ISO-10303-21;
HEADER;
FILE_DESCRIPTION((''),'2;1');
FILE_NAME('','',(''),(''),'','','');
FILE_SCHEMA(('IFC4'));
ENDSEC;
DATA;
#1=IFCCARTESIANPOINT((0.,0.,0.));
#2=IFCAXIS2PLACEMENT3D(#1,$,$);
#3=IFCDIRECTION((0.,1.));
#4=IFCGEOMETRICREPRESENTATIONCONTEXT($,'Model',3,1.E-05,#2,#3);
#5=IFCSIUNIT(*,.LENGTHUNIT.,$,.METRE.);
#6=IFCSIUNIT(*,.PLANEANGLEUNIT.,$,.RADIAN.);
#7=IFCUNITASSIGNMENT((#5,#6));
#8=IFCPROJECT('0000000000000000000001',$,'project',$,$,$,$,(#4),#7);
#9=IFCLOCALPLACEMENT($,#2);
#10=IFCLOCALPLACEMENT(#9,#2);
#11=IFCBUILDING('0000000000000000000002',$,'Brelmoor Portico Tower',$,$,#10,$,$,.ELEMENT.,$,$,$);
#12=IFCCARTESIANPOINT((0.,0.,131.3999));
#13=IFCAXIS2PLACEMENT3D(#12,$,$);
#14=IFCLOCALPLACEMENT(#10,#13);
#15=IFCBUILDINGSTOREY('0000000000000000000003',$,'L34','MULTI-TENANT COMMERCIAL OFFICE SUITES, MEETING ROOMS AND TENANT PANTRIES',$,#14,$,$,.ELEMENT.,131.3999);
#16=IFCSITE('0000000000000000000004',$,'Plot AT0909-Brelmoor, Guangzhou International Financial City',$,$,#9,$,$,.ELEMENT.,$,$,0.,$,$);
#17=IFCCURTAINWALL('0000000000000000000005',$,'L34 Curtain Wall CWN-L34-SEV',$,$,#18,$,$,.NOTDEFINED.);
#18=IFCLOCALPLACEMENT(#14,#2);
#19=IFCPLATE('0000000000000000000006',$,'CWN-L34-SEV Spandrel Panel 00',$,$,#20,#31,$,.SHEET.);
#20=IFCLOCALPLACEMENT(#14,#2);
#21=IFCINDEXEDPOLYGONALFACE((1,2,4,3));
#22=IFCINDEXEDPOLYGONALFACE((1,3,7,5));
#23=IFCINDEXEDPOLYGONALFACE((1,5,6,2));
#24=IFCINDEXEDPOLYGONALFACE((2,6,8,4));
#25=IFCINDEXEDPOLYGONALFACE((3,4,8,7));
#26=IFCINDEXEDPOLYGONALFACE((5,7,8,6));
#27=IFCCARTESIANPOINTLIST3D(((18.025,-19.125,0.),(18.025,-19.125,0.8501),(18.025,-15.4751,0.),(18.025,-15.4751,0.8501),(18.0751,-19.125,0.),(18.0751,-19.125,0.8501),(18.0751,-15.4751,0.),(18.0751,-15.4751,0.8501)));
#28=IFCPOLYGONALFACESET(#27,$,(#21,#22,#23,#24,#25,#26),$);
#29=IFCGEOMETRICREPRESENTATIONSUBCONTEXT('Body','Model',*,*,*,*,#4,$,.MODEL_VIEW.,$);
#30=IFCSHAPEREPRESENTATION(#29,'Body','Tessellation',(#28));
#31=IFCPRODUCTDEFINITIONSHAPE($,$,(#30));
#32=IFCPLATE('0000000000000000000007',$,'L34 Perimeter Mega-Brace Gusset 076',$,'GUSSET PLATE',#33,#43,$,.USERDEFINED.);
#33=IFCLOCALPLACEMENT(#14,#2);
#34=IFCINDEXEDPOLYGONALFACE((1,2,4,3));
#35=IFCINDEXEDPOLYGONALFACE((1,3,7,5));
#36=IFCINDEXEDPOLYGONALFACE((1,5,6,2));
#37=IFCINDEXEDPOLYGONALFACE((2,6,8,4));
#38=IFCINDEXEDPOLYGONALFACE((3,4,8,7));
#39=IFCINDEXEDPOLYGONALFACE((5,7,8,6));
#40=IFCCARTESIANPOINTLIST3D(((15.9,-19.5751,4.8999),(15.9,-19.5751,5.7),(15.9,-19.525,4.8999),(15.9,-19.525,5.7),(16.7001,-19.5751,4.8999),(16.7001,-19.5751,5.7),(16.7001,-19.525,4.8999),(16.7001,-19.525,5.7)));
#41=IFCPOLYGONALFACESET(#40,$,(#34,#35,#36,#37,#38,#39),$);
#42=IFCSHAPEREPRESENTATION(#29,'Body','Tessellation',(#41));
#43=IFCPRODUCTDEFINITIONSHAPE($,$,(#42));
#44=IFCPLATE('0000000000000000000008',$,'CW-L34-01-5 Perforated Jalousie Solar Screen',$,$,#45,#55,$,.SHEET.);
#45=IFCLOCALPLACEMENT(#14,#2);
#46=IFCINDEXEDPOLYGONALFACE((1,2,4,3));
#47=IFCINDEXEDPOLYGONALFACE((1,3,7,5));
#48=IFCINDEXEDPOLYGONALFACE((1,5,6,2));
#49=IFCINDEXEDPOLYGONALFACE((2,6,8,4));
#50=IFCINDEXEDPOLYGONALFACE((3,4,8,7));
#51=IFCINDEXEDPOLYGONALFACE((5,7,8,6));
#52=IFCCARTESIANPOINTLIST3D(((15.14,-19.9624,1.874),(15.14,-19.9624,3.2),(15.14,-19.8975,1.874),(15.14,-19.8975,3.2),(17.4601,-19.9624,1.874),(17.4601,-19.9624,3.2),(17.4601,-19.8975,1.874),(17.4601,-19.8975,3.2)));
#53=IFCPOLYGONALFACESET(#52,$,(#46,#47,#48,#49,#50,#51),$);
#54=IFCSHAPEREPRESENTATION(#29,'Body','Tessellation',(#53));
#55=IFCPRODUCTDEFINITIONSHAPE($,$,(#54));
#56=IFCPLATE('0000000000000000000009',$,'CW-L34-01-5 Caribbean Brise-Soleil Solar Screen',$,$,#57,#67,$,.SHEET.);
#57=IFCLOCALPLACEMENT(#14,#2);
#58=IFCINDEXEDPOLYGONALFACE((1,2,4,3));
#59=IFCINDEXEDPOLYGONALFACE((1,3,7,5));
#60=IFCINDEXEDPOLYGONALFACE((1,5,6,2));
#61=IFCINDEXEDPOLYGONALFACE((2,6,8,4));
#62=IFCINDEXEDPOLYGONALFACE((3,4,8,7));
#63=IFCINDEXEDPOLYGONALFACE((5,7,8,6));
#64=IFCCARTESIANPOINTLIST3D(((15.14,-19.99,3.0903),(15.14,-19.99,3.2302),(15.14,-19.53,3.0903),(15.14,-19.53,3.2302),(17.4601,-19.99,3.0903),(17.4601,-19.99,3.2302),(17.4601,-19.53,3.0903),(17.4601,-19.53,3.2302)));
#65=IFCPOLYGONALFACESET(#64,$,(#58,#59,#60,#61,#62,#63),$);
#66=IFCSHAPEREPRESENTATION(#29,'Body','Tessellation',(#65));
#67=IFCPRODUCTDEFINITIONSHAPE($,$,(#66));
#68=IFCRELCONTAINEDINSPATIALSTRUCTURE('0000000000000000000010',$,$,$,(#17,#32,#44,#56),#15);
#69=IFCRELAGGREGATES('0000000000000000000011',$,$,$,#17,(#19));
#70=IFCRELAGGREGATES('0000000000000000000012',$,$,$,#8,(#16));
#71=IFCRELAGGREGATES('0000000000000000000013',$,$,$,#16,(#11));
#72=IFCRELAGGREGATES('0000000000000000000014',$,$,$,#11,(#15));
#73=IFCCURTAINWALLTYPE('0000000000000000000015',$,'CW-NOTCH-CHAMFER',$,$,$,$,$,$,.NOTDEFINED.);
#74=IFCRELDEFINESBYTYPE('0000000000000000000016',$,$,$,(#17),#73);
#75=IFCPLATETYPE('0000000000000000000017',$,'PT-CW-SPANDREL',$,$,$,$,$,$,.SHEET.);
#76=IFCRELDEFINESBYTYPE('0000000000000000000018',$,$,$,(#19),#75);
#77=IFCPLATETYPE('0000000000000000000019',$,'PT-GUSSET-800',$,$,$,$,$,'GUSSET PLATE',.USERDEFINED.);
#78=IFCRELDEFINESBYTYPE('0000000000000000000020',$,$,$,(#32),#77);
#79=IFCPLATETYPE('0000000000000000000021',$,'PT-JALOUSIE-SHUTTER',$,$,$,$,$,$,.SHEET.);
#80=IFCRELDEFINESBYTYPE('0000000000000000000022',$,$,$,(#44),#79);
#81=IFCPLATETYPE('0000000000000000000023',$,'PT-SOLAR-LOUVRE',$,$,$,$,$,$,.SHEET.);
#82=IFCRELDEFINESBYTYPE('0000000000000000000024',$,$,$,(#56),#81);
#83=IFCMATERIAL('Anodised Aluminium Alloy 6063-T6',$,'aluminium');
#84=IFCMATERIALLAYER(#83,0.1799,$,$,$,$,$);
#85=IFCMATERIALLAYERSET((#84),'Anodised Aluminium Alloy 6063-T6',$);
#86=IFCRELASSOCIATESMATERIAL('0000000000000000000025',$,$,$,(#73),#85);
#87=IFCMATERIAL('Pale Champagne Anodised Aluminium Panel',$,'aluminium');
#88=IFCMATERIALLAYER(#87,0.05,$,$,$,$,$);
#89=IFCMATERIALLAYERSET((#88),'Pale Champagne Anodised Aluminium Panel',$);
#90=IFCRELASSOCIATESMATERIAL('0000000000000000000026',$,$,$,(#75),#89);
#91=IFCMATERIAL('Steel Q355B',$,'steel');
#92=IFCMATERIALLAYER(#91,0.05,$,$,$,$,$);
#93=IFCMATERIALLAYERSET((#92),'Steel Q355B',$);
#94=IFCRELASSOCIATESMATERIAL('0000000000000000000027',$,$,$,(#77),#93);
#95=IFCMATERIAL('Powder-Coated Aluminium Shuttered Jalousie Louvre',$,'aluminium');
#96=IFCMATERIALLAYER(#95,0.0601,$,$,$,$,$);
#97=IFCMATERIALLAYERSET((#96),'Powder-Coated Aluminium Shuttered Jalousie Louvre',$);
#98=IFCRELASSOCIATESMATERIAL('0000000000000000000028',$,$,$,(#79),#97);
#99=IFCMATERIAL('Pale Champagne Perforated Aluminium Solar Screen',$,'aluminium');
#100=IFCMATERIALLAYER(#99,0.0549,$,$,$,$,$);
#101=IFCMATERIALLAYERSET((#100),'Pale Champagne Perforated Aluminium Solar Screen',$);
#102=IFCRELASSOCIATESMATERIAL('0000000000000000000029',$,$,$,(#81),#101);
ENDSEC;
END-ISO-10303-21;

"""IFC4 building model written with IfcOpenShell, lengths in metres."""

from ifc_helpers import new_model, si_unit, direction, frame, origin, origin_2d, place, context, subcontext, project, spatial, rectangle, extrude, material, layer, layer_set, type_object, element, aggregate, save


model = new_model("IFC4")

# Units and contexts
model_context = context("Model", 3, precision=1e-05, world=origin(), true_north=direction((0.0, 1.0)))
body_context = subcontext(model_context, "Body", "Model", "MODEL_VIEW")
ifc_project = project(units=[si_unit("LENGTHUNIT", "METRE"), si_unit("PLANEANGLEUNIT", "RADIAN")], contexts=[model_context])

# Site, building, storey
site_placement = place(None, origin())
site = spatial("IfcSite", under=ifc_project, at=site_placement, Name="Plot AT0909-Brelmoor, Guangzhou International Financial City", CompositionType="ELEMENT", RefElevation=0.0)
building_placement = place(site_placement, origin())
building = spatial("IfcBuilding", under=site, at=building_placement, Name="Brelmoor Portico Tower", CompositionType="ELEMENT")
storey_placement = place(building_placement, frame((0.0, 0.0, 131.3999)))
storey = spatial("IfcBuildingStorey", under=building, at=storey_placement, Name="L34", Description="MULTI-TENANT COMMERCIAL OFFICE SUITES, MEETING ROOMS AND TENANT PANTRIES", CompositionType="ELEMENT", Elevation=131.3999)

# Shared definitions
ifc_material_1 = material(Name="Steel Q355B", Category="steel")

# Curtain wall
ifc_material_2 = material(Name="Anodised Aluminium Alloy 6063-T6", Category="aluminium")
ifc_layer_1 = layer(ifc_material_2, 0.1799)
ifc_layer_set_1 = layer_set([ifc_layer_1], Name="Anodised Aluminium Alloy 6063-T6")
curtain_wall_type_1 = type_object("IfcCurtainWallType", Name="CW-NOTCH-CHAMFER", PredefinedType="NOTDEFINED", material=ifc_layer_set_1)
curtain_wall_1_placement = place(storey_placement, origin())
curtain_wall_1 = element("IfcCurtainWall", 1, at=curtain_wall_1_placement, inside=storey, type_object=curtain_wall_type_1, Name="L34 Curtain Wall CWN-L34-SEV", PredefinedType="NOTDEFINED")

# Plate
ifc_material_3 = material(Name="Pale Champagne Anodised Aluminium Panel", Category="aluminium")
ifc_layer_2 = layer(ifc_material_3, 0.05)
ifc_layer_set_2 = layer_set([ifc_layer_2], Name="Pale Champagne Anodised Aluminium Panel")
plate_type_1 = type_object("IfcPlateType", Name="PT-CW-SPANDREL", PredefinedType="SHEET", material=ifc_layer_set_2)
plate_1_placement = place(storey_placement, frame((18.05, -17.3, 0.0), z_axis=(0.0, 0.0, 1.0), x_axis=(0.0, 1.0, 0.0)))
plate_1 = element("IfcPlate", 2, at=plate_1_placement, type_object=plate_type_1, Name="CWN-L34-SEV Spandrel Panel 00", PredefinedType="SHEET", context=body_context, shape_type="SweptSolid", body=[
    extrude(rectangle(XDim=3.6499, YDim=0.05, at=origin_2d()), origin(), (0.0, 0.0, 1.0), 0.8501),
])
aggregate(curtain_wall_1, [plate_1])

# Plates
ifc_layer_3 = layer(ifc_material_1, 0.05)
ifc_layer_set_3 = layer_set([ifc_layer_3], Name="Steel Q355B")
plate_type_2 = type_object("IfcPlateType", Name="PT-GUSSET-800", ElementType="GUSSET PLATE", PredefinedType="USERDEFINED", material=ifc_layer_set_3)
plate_2_placement = place(storey_placement, frame((16.3, -19.55, 4.8999), z_axis=(0.0, 0.0, 1.0), x_axis=(1.0, 0.0, 0.0)))
element("IfcPlate", 3, at=plate_2_placement, inside=storey, type_object=plate_type_2, Name="L34 Perimeter Mega-Brace Gusset 076", ObjectType="GUSSET PLATE", PredefinedType="USERDEFINED", context=body_context, shape_type="SweptSolid", body=[
    extrude(rectangle(XDim=0.8, YDim=0.05, at=origin_2d()), origin(), (0.0, 0.0, 1.0), 0.8),
])
ifc_material_4 = material(Name="Powder-Coated Aluminium Shuttered Jalousie Louvre", Category="aluminium")
ifc_layer_4 = layer(ifc_material_4, 0.0601)
ifc_layer_set_4 = layer_set([ifc_layer_4], Name="Powder-Coated Aluminium Shuttered Jalousie Louvre")
plate_type_3 = type_object("IfcPlateType", Name="PT-JALOUSIE-SHUTTER", PredefinedType="SHEET", material=ifc_layer_set_4)
plate_3_placement = place(storey_placement, frame((16.3, -19.9299, 1.874), z_axis=(0.0, 0.0, 1.0), x_axis=(1.0, 0.0, 0.0)))
element("IfcPlate", 4, at=plate_3_placement, inside=storey, type_object=plate_type_3, Name="CW-L34-01-5 Perforated Jalousie Solar Screen", PredefinedType="SHEET", context=body_context, shape_type="SweptSolid", body=[
    extrude(rectangle(XDim=2.3201, YDim=0.0649, at=origin_2d()), origin(), (0.0, 0.0, 1.0), 1.3259),
])
ifc_material_5 = material(Name="Pale Champagne Perforated Aluminium Solar Screen", Category="aluminium")
ifc_layer_5 = layer(ifc_material_5, 0.0549)
ifc_layer_set_5 = layer_set([ifc_layer_5], Name="Pale Champagne Perforated Aluminium Solar Screen")
plate_type_4 = type_object("IfcPlateType", Name="PT-SOLAR-LOUVRE", PredefinedType="SHEET", material=ifc_layer_set_5)
plate_4_placement = place(storey_placement, frame((16.3, -19.76, 3.0903), z_axis=(0.0, 0.0, 1.0), x_axis=(1.0, 0.0, 0.0)))
element("IfcPlate", 5, at=plate_4_placement, inside=storey, type_object=plate_type_4, Name="CW-L34-01-5 Caribbean Brise-Soleil Solar Screen", PredefinedType="SHEET", context=body_context, shape_type="SweptSolid", body=[
    extrude(rectangle(XDim=2.3201, YDim=0.46, at=origin_2d()), origin(), (0.0, 0.0, 1.0), 0.1399),
])

save(model, "model.ifc")
